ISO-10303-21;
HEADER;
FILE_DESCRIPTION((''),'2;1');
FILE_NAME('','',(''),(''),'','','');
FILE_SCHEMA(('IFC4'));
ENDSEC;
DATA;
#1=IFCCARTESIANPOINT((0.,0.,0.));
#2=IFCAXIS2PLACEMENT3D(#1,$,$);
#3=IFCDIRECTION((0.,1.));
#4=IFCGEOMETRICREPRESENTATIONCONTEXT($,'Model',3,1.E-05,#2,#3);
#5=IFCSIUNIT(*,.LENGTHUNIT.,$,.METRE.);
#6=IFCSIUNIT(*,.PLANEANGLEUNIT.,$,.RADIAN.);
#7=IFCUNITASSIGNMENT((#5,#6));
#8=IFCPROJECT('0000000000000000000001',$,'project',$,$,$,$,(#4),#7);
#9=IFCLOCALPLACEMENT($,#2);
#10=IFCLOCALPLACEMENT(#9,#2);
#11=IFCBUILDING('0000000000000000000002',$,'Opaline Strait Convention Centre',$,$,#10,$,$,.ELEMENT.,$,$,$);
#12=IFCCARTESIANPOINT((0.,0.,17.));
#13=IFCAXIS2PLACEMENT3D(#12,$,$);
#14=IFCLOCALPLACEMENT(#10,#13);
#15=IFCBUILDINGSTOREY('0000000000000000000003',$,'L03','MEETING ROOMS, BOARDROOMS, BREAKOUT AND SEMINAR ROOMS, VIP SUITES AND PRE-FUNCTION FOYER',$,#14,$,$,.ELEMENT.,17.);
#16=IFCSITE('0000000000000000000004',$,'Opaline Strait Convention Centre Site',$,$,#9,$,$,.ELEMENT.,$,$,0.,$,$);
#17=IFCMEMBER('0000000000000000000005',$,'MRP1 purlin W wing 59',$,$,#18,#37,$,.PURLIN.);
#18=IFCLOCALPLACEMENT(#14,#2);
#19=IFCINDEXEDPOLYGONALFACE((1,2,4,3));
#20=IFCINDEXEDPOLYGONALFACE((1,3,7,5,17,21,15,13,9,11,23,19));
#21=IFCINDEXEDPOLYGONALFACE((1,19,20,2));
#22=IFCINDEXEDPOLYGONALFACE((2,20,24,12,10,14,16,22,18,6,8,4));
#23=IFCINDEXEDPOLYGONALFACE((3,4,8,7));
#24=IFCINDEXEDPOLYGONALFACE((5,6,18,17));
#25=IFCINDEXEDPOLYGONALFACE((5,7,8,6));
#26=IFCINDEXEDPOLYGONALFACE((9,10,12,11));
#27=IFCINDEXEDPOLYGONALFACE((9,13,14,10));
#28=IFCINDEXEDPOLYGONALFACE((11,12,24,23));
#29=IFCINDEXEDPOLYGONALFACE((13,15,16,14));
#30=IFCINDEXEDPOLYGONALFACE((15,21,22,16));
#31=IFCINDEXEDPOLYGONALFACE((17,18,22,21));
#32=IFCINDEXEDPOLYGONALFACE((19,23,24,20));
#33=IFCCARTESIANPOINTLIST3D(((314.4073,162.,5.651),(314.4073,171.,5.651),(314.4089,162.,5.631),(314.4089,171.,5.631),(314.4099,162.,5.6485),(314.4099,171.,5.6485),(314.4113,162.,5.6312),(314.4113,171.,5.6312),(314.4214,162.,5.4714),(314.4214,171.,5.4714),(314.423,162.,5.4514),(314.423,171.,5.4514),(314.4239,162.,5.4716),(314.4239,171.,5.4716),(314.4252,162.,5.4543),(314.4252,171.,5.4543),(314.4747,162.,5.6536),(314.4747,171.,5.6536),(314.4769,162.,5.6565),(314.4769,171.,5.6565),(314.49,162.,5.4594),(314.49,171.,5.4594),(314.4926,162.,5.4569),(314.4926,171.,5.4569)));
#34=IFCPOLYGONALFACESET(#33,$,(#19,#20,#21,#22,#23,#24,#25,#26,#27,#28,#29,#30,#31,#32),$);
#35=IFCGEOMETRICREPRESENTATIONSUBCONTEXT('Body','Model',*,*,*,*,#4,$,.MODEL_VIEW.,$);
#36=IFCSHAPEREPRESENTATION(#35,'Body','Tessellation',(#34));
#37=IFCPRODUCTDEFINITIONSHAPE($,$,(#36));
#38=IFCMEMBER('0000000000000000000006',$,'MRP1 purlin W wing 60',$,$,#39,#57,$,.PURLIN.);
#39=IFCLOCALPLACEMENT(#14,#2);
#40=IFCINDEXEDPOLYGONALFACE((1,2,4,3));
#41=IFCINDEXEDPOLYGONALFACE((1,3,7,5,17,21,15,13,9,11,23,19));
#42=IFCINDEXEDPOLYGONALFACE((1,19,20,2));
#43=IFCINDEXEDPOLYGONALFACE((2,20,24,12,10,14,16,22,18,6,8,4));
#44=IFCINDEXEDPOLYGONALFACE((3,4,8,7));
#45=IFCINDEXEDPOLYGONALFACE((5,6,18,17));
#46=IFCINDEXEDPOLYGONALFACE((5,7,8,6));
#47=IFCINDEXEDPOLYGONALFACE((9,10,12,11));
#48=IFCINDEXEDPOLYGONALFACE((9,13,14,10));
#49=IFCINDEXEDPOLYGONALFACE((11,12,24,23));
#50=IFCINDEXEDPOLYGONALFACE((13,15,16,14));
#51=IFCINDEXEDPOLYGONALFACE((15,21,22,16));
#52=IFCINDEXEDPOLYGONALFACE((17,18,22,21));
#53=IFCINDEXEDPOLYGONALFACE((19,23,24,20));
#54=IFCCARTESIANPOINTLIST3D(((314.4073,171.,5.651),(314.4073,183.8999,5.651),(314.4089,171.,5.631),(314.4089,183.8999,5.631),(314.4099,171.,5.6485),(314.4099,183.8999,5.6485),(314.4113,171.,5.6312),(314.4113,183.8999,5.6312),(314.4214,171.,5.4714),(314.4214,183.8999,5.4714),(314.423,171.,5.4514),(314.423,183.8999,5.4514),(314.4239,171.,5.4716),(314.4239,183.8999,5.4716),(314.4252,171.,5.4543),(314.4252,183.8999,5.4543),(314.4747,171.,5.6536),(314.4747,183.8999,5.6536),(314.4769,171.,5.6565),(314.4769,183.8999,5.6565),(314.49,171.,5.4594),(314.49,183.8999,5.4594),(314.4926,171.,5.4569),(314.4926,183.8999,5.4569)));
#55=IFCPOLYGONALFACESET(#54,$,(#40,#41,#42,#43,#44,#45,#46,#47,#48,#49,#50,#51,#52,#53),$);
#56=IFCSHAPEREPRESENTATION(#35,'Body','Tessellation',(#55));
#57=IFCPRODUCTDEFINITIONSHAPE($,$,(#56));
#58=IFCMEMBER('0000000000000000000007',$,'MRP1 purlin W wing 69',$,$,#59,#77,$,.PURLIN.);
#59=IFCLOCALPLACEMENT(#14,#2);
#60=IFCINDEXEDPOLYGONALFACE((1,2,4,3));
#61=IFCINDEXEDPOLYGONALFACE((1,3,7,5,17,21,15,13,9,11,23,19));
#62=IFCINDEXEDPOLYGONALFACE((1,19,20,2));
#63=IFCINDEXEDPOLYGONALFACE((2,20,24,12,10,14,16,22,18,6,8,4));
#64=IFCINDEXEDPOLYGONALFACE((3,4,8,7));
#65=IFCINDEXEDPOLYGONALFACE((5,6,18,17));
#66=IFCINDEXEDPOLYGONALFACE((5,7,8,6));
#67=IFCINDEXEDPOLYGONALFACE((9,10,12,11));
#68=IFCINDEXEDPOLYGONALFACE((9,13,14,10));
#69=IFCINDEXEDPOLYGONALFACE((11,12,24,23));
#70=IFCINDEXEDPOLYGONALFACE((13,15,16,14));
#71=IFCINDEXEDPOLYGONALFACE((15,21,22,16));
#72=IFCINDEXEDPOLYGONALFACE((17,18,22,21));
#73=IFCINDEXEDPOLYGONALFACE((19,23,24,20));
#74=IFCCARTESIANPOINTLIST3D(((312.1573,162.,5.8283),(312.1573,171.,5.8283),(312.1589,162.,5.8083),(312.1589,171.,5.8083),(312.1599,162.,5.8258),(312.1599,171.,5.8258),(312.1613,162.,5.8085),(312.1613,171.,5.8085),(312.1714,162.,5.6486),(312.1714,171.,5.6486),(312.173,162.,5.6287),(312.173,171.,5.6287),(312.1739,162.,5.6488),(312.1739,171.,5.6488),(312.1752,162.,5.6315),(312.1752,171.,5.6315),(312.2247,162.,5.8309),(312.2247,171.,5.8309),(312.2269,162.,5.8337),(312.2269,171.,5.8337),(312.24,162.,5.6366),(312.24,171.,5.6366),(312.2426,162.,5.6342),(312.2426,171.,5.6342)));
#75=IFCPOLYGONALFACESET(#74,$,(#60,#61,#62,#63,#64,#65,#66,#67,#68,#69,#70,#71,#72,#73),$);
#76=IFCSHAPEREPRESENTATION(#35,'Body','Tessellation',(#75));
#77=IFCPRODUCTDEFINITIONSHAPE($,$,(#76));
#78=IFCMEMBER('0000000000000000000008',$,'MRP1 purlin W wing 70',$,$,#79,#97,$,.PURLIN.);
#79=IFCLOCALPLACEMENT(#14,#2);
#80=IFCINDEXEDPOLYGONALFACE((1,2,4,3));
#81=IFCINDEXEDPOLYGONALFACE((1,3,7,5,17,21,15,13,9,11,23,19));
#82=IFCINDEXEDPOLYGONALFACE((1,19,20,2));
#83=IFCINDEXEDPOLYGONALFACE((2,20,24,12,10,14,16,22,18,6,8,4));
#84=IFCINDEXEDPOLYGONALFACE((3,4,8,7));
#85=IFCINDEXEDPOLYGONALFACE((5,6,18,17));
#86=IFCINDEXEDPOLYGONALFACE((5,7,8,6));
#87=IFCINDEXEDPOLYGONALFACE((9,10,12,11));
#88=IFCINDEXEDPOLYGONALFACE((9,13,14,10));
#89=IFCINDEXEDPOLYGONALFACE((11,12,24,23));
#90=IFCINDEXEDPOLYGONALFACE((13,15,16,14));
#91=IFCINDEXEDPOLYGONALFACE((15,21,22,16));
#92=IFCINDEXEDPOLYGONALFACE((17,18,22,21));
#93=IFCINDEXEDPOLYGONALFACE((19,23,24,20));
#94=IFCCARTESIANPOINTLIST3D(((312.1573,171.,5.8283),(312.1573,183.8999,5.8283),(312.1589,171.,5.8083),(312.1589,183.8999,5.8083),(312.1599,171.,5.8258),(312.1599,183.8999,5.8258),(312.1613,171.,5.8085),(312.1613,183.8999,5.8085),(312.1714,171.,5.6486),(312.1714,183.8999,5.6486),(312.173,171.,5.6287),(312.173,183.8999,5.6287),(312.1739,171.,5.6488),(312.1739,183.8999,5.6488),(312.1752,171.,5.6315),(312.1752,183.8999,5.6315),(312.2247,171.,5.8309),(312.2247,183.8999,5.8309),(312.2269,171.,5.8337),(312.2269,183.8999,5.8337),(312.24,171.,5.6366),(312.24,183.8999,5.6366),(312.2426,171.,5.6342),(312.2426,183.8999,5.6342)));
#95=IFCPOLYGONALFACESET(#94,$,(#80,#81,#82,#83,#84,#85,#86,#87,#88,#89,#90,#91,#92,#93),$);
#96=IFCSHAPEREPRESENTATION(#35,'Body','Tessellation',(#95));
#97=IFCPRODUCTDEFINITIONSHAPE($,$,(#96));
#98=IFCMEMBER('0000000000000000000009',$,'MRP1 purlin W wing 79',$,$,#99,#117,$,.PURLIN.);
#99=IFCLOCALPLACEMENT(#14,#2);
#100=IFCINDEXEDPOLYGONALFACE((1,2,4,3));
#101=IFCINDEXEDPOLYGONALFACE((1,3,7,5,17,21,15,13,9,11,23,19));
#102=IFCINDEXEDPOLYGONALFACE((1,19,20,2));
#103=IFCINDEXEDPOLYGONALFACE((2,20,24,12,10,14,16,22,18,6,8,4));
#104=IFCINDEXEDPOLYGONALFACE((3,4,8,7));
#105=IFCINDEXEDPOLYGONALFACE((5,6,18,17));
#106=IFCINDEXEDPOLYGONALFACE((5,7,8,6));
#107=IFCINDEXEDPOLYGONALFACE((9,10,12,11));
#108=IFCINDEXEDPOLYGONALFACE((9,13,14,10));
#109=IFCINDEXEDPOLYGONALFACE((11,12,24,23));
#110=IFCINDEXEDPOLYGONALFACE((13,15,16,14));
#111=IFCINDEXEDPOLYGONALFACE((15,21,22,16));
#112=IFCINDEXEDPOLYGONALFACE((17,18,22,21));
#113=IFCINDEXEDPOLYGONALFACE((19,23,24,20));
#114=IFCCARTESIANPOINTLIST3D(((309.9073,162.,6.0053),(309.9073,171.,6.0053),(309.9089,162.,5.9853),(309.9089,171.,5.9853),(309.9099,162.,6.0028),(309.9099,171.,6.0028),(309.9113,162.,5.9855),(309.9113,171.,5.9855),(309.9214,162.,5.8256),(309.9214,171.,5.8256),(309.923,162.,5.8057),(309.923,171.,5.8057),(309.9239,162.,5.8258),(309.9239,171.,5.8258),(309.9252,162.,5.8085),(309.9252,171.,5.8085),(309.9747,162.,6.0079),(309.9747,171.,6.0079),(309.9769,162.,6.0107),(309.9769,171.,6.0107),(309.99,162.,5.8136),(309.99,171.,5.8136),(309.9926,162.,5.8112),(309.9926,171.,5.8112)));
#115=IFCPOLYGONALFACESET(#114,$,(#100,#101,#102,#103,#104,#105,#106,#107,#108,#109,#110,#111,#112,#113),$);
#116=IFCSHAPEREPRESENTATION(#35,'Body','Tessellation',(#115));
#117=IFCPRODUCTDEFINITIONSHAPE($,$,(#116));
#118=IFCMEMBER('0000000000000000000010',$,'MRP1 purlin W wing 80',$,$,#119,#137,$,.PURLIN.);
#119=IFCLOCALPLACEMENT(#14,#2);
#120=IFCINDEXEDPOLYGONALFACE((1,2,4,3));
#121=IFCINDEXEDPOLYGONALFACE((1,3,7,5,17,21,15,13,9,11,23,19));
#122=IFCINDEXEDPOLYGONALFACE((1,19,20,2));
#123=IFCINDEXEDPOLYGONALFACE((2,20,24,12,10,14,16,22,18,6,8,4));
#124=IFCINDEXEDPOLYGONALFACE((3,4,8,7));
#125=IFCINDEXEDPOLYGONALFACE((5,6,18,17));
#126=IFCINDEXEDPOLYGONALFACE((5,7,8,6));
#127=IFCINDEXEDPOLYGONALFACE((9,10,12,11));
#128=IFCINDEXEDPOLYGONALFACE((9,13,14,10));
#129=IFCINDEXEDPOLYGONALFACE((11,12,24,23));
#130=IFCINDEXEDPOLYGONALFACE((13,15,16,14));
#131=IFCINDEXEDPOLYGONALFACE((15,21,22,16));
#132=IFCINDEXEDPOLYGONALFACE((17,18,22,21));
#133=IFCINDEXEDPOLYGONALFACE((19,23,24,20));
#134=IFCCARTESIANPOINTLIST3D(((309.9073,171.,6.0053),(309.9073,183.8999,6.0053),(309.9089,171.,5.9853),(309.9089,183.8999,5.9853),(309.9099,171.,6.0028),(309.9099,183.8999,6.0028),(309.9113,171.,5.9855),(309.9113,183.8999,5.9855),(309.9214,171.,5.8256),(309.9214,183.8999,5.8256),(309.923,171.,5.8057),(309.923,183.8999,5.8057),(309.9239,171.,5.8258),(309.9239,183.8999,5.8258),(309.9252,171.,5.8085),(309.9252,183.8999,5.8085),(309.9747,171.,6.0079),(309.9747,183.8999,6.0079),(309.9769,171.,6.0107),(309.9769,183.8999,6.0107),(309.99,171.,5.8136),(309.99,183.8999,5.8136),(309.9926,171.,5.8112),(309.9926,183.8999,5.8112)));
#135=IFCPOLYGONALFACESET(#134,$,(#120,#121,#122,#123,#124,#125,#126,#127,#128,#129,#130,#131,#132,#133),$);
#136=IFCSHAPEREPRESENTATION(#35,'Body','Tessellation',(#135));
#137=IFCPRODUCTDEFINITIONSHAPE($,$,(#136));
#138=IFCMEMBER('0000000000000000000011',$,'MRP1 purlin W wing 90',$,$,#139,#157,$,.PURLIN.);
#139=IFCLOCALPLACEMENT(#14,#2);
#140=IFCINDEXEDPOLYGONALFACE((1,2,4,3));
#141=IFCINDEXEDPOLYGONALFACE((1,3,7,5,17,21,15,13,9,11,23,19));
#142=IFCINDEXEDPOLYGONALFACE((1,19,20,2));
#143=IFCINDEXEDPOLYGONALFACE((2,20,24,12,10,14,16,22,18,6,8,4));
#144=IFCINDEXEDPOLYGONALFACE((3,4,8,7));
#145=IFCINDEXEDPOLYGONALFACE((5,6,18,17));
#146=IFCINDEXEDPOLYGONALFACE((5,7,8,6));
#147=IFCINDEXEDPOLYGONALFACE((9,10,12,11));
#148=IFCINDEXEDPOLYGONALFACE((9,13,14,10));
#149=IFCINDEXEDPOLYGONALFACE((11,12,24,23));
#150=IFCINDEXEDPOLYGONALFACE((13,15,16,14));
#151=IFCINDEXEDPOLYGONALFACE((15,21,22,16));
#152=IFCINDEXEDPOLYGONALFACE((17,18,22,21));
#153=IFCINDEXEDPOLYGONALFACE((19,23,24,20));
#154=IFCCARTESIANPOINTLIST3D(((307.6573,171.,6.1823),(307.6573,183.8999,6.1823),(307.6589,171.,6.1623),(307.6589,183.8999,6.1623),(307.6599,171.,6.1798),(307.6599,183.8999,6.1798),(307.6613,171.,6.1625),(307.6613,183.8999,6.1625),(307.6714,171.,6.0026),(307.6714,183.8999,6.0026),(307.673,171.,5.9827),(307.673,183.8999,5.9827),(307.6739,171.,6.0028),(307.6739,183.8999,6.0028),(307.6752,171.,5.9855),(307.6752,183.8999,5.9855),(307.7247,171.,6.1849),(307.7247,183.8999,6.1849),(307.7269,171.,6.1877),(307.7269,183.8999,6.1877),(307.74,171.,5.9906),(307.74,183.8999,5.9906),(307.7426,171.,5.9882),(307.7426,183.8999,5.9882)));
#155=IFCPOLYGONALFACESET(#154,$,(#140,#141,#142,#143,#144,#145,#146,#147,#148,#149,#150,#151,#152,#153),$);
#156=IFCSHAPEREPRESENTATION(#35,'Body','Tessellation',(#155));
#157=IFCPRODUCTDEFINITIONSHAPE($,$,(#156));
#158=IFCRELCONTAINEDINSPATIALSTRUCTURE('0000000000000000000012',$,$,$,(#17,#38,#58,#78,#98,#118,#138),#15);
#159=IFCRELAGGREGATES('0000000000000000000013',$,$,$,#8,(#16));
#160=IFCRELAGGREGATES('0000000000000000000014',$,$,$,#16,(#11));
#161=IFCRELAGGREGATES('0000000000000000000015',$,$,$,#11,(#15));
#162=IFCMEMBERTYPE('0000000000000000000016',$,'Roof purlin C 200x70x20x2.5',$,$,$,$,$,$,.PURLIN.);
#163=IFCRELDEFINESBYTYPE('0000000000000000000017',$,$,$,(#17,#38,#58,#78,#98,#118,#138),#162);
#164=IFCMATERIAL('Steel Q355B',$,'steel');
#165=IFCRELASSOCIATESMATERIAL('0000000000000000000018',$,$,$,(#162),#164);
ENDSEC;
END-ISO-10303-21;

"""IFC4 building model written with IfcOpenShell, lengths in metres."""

from ifc_helpers import new_model, si_unit, direction, frame, origin, place, context, subcontext, project, spatial, polyline, outline, extrude, material, material_profile, profile_set, type_object, element, save


model = new_model("IFC4")

# Units and contexts
model_context = context("Model", 3, precision=1e-05, world=origin(), true_north=direction((0.0, 1.0)))
body_context = subcontext(model_context, "Body", "Model", "MODEL_VIEW")
ifc_project = project(units=[si_unit("LENGTHUNIT", "METRE"), si_unit("PLANEANGLEUNIT", "RADIAN")], contexts=[model_context])

# Site, building, storey
site_placement = place(None, origin())
site = spatial("IfcSite", under=ifc_project, at=site_placement, Name="Opaline Strait Convention Centre Site", CompositionType="ELEMENT", RefElevation=0.0)
building_placement = place(site_placement, origin())
building = spatial("IfcBuilding", under=site, at=building_placement, Name="Opaline Strait Convention Centre", CompositionType="ELEMENT")
storey_placement = place(building_placement, frame((0.0, 0.0, 17.0)))
storey = spatial("IfcBuildingStorey", under=building, at=storey_placement, Name="L03", Description="MEETING ROOMS, BOARDROOMS, BREAKOUT AND SEMINAR ROOMS, VIP SUITES AND PRE-FUNCTION FOYER", CompositionType="ELEMENT", Elevation=17.0)

# Shared definitions
ifc_material_1 = material(Name="Steel Q355B", Category="steel")

# Members
ifc_material_profile_1 = material_profile(ifc_material_1, outline(polyline([(-0.0349, -0.1001), (0.0349, -0.1001), (0.0349, -0.0801), (0.0325, -0.0801), (0.0325, -0.0974), (-0.0325, -0.0974), (-0.0325, 0.0974), (0.0325, 0.0974), (0.0325, 0.0801), (0.0349, 0.0801), (0.0349, 0.1001), (-0.0349, 0.1001), (-0.0349, -0.1001)])), Name="C 200x70x20x2.5")
ifc_profile_set_1 = profile_set([ifc_material_profile_1], Name="Steel Q355B")
member_type_1 = type_object("IfcMemberType", Name="Roof purlin C 200x70x20x2.5", PredefinedType="PURLIN", material=ifc_profile_set_1)
member_1_placement = place(storey_placement, frame((314.45, 162.0, 5.554), z_axis=(0.0, 1.0, 0.0), x_axis=(-0.996917, 0.0, -0.078459)))
element("IfcMember", 1, at=member_1_placement, inside=storey, type_object=member_type_1, Name="MRP1 purlin W wing 59", PredefinedType="PURLIN", context=body_context, shape_type="SweptSolid", body=[
    extrude(outline(polyline([(-0.0349, -0.1001), (0.0349, -0.1001), (0.0349, -0.0801), (0.0325, -0.0801), (0.0325, -0.0974), (-0.0325, -0.0974), (-0.0325, 0.0974), (0.0325, 0.0974), (0.0325, 0.0801), (0.0349, 0.0801), (0.0349, 0.1001), (-0.0349, 0.1001), (-0.0349, -0.1001)])), origin(), (0.0, 0.0, 1.0), 9.0),
])
member_2_placement = place(storey_placement, frame((314.45, 171.0, 5.554), z_axis=(0.0, 1.0, 0.0), x_axis=(-0.996917, 0.0, -0.078459)))
element("IfcMember", 2, at=member_2_placement, inside=storey, type_object=member_type_1, Name="MRP1 purlin W wing 60", PredefinedType="PURLIN", context=body_context, shape_type="SweptSolid", body=[
    extrude(outline(polyline([(-0.0349, -0.1001), (0.0349, -0.1001), (0.0349, -0.0801), (0.0325, -0.0801), (0.0325, -0.0974), (-0.0325, -0.0974), (-0.0325, 0.0974), (0.0325, 0.0974), (0.0325, 0.0801), (0.0349, 0.0801), (0.0349, 0.1001), (-0.0349, 0.1001), (-0.0349, -0.1001)])), origin(), (0.0, 0.0, 1.0), 12.8999),
])
member_3_placement = place(storey_placement, frame((312.2, 162.0, 5.7312), z_axis=(0.0, 1.0, 0.0), x_axis=(-0.996917, 0.0, -0.078459)))
element("IfcMember", 3, at=member_3_placement, inside=storey, type_object=member_type_1, Name="MRP1 purlin W wing 69", PredefinedType="PURLIN", context=body_context, shape_type="SweptSolid", body=[
    extrude(outline(polyline([(-0.0349, -0.1001), (0.0349, -0.1001), (0.0349, -0.0801), (0.0325, -0.0801), (0.0325, -0.0974), (-0.0325, -0.0974), (-0.0325, 0.0974), (0.0325, 0.0974), (0.0325, 0.0801), (0.0349, 0.0801), (0.0349, 0.1001), (-0.0349, 0.1001), (-0.0349, -0.1001)])), origin(), (0.0, 0.0, 1.0), 9.0),
])
member_4_placement = place(storey_placement, frame((312.2, 171.0, 5.7312), z_axis=(0.0, 1.0, 0.0), x_axis=(-0.996917, 0.0, -0.078459)))
element("IfcMember", 4, at=member_4_placement, inside=storey, type_object=member_type_1, Name="MRP1 purlin W wing 70", PredefinedType="PURLIN", context=body_context, shape_type="SweptSolid", body=[
    extrude(outline(polyline([(-0.0349, -0.1001), (0.0349, -0.1001), (0.0349, -0.0801), (0.0325, -0.0801), (0.0325, -0.0974), (-0.0325, -0.0974), (-0.0325, 0.0974), (0.0325, 0.0974), (0.0325, 0.0801), (0.0349, 0.0801), (0.0349, 0.1001), (-0.0349, 0.1001), (-0.0349, -0.1001)])), origin(), (0.0, 0.0, 1.0), 12.8999),
])
member_5_placement = place(storey_placement, frame((309.95, 162.0, 5.9082), z_axis=(0.0, 1.0, 0.0), x_axis=(-0.996917, 0.0, -0.078459)))
element("IfcMember", 5, at=member_5_placement, inside=storey, type_object=member_type_1, Name="MRP1 purlin W wing 79", PredefinedType="PURLIN", context=body_context, shape_type="SweptSolid", body=[
    extrude(outline(polyline([(-0.0349, -0.1001), (0.0349, -0.1001), (0.0349, -0.0801), (0.0325, -0.0801), (0.0325, -0.0974), (-0.0325, -0.0974), (-0.0325, 0.0974), (0.0325, 0.0974), (0.0325, 0.0801), (0.0349, 0.0801), (0.0349, 0.1001), (-0.0349, 0.1001), (-0.0349, -0.1001)])), origin(), (0.0, 0.0, 1.0), 9.0),
])
for number, where, z_axis, x_axis, name in (
    (6, (309.95, 171.0, 5.9082), (0.0, 1.0, 0.0), (-0.996917, 0.0, -0.078459), "MRP1 purlin W wing 80"),
    (7, (307.7, 171.0, 6.0852), (0.0, 1.0, 0.0), (-0.996917, 0.0, -0.078459), "MRP1 purlin W wing 90"),
):
    element("IfcMember", number, at=place(storey_placement, frame(where, z_axis=z_axis, x_axis=x_axis)), inside=storey, type_object=member_type_1, Name=name, PredefinedType="PURLIN", context=body_context, shape_type="SweptSolid", body=[
        extrude(outline(polyline([(-0.0349, -0.1001), (0.0349, -0.1001), (0.0349, -0.0801), (0.0325, -0.0801), (0.0325, -0.0974), (-0.0325, -0.0974), (-0.0325, 0.0974), (0.0325, 0.0974), (0.0325, 0.0801), (0.0349, 0.0801), (0.0349, 0.1001), (-0.0349, 0.1001), (-0.0349, -0.1001)])), origin(), (0.0, 0.0, 1.0), 12.8999),
    ])

save(model, "model.ifc")
